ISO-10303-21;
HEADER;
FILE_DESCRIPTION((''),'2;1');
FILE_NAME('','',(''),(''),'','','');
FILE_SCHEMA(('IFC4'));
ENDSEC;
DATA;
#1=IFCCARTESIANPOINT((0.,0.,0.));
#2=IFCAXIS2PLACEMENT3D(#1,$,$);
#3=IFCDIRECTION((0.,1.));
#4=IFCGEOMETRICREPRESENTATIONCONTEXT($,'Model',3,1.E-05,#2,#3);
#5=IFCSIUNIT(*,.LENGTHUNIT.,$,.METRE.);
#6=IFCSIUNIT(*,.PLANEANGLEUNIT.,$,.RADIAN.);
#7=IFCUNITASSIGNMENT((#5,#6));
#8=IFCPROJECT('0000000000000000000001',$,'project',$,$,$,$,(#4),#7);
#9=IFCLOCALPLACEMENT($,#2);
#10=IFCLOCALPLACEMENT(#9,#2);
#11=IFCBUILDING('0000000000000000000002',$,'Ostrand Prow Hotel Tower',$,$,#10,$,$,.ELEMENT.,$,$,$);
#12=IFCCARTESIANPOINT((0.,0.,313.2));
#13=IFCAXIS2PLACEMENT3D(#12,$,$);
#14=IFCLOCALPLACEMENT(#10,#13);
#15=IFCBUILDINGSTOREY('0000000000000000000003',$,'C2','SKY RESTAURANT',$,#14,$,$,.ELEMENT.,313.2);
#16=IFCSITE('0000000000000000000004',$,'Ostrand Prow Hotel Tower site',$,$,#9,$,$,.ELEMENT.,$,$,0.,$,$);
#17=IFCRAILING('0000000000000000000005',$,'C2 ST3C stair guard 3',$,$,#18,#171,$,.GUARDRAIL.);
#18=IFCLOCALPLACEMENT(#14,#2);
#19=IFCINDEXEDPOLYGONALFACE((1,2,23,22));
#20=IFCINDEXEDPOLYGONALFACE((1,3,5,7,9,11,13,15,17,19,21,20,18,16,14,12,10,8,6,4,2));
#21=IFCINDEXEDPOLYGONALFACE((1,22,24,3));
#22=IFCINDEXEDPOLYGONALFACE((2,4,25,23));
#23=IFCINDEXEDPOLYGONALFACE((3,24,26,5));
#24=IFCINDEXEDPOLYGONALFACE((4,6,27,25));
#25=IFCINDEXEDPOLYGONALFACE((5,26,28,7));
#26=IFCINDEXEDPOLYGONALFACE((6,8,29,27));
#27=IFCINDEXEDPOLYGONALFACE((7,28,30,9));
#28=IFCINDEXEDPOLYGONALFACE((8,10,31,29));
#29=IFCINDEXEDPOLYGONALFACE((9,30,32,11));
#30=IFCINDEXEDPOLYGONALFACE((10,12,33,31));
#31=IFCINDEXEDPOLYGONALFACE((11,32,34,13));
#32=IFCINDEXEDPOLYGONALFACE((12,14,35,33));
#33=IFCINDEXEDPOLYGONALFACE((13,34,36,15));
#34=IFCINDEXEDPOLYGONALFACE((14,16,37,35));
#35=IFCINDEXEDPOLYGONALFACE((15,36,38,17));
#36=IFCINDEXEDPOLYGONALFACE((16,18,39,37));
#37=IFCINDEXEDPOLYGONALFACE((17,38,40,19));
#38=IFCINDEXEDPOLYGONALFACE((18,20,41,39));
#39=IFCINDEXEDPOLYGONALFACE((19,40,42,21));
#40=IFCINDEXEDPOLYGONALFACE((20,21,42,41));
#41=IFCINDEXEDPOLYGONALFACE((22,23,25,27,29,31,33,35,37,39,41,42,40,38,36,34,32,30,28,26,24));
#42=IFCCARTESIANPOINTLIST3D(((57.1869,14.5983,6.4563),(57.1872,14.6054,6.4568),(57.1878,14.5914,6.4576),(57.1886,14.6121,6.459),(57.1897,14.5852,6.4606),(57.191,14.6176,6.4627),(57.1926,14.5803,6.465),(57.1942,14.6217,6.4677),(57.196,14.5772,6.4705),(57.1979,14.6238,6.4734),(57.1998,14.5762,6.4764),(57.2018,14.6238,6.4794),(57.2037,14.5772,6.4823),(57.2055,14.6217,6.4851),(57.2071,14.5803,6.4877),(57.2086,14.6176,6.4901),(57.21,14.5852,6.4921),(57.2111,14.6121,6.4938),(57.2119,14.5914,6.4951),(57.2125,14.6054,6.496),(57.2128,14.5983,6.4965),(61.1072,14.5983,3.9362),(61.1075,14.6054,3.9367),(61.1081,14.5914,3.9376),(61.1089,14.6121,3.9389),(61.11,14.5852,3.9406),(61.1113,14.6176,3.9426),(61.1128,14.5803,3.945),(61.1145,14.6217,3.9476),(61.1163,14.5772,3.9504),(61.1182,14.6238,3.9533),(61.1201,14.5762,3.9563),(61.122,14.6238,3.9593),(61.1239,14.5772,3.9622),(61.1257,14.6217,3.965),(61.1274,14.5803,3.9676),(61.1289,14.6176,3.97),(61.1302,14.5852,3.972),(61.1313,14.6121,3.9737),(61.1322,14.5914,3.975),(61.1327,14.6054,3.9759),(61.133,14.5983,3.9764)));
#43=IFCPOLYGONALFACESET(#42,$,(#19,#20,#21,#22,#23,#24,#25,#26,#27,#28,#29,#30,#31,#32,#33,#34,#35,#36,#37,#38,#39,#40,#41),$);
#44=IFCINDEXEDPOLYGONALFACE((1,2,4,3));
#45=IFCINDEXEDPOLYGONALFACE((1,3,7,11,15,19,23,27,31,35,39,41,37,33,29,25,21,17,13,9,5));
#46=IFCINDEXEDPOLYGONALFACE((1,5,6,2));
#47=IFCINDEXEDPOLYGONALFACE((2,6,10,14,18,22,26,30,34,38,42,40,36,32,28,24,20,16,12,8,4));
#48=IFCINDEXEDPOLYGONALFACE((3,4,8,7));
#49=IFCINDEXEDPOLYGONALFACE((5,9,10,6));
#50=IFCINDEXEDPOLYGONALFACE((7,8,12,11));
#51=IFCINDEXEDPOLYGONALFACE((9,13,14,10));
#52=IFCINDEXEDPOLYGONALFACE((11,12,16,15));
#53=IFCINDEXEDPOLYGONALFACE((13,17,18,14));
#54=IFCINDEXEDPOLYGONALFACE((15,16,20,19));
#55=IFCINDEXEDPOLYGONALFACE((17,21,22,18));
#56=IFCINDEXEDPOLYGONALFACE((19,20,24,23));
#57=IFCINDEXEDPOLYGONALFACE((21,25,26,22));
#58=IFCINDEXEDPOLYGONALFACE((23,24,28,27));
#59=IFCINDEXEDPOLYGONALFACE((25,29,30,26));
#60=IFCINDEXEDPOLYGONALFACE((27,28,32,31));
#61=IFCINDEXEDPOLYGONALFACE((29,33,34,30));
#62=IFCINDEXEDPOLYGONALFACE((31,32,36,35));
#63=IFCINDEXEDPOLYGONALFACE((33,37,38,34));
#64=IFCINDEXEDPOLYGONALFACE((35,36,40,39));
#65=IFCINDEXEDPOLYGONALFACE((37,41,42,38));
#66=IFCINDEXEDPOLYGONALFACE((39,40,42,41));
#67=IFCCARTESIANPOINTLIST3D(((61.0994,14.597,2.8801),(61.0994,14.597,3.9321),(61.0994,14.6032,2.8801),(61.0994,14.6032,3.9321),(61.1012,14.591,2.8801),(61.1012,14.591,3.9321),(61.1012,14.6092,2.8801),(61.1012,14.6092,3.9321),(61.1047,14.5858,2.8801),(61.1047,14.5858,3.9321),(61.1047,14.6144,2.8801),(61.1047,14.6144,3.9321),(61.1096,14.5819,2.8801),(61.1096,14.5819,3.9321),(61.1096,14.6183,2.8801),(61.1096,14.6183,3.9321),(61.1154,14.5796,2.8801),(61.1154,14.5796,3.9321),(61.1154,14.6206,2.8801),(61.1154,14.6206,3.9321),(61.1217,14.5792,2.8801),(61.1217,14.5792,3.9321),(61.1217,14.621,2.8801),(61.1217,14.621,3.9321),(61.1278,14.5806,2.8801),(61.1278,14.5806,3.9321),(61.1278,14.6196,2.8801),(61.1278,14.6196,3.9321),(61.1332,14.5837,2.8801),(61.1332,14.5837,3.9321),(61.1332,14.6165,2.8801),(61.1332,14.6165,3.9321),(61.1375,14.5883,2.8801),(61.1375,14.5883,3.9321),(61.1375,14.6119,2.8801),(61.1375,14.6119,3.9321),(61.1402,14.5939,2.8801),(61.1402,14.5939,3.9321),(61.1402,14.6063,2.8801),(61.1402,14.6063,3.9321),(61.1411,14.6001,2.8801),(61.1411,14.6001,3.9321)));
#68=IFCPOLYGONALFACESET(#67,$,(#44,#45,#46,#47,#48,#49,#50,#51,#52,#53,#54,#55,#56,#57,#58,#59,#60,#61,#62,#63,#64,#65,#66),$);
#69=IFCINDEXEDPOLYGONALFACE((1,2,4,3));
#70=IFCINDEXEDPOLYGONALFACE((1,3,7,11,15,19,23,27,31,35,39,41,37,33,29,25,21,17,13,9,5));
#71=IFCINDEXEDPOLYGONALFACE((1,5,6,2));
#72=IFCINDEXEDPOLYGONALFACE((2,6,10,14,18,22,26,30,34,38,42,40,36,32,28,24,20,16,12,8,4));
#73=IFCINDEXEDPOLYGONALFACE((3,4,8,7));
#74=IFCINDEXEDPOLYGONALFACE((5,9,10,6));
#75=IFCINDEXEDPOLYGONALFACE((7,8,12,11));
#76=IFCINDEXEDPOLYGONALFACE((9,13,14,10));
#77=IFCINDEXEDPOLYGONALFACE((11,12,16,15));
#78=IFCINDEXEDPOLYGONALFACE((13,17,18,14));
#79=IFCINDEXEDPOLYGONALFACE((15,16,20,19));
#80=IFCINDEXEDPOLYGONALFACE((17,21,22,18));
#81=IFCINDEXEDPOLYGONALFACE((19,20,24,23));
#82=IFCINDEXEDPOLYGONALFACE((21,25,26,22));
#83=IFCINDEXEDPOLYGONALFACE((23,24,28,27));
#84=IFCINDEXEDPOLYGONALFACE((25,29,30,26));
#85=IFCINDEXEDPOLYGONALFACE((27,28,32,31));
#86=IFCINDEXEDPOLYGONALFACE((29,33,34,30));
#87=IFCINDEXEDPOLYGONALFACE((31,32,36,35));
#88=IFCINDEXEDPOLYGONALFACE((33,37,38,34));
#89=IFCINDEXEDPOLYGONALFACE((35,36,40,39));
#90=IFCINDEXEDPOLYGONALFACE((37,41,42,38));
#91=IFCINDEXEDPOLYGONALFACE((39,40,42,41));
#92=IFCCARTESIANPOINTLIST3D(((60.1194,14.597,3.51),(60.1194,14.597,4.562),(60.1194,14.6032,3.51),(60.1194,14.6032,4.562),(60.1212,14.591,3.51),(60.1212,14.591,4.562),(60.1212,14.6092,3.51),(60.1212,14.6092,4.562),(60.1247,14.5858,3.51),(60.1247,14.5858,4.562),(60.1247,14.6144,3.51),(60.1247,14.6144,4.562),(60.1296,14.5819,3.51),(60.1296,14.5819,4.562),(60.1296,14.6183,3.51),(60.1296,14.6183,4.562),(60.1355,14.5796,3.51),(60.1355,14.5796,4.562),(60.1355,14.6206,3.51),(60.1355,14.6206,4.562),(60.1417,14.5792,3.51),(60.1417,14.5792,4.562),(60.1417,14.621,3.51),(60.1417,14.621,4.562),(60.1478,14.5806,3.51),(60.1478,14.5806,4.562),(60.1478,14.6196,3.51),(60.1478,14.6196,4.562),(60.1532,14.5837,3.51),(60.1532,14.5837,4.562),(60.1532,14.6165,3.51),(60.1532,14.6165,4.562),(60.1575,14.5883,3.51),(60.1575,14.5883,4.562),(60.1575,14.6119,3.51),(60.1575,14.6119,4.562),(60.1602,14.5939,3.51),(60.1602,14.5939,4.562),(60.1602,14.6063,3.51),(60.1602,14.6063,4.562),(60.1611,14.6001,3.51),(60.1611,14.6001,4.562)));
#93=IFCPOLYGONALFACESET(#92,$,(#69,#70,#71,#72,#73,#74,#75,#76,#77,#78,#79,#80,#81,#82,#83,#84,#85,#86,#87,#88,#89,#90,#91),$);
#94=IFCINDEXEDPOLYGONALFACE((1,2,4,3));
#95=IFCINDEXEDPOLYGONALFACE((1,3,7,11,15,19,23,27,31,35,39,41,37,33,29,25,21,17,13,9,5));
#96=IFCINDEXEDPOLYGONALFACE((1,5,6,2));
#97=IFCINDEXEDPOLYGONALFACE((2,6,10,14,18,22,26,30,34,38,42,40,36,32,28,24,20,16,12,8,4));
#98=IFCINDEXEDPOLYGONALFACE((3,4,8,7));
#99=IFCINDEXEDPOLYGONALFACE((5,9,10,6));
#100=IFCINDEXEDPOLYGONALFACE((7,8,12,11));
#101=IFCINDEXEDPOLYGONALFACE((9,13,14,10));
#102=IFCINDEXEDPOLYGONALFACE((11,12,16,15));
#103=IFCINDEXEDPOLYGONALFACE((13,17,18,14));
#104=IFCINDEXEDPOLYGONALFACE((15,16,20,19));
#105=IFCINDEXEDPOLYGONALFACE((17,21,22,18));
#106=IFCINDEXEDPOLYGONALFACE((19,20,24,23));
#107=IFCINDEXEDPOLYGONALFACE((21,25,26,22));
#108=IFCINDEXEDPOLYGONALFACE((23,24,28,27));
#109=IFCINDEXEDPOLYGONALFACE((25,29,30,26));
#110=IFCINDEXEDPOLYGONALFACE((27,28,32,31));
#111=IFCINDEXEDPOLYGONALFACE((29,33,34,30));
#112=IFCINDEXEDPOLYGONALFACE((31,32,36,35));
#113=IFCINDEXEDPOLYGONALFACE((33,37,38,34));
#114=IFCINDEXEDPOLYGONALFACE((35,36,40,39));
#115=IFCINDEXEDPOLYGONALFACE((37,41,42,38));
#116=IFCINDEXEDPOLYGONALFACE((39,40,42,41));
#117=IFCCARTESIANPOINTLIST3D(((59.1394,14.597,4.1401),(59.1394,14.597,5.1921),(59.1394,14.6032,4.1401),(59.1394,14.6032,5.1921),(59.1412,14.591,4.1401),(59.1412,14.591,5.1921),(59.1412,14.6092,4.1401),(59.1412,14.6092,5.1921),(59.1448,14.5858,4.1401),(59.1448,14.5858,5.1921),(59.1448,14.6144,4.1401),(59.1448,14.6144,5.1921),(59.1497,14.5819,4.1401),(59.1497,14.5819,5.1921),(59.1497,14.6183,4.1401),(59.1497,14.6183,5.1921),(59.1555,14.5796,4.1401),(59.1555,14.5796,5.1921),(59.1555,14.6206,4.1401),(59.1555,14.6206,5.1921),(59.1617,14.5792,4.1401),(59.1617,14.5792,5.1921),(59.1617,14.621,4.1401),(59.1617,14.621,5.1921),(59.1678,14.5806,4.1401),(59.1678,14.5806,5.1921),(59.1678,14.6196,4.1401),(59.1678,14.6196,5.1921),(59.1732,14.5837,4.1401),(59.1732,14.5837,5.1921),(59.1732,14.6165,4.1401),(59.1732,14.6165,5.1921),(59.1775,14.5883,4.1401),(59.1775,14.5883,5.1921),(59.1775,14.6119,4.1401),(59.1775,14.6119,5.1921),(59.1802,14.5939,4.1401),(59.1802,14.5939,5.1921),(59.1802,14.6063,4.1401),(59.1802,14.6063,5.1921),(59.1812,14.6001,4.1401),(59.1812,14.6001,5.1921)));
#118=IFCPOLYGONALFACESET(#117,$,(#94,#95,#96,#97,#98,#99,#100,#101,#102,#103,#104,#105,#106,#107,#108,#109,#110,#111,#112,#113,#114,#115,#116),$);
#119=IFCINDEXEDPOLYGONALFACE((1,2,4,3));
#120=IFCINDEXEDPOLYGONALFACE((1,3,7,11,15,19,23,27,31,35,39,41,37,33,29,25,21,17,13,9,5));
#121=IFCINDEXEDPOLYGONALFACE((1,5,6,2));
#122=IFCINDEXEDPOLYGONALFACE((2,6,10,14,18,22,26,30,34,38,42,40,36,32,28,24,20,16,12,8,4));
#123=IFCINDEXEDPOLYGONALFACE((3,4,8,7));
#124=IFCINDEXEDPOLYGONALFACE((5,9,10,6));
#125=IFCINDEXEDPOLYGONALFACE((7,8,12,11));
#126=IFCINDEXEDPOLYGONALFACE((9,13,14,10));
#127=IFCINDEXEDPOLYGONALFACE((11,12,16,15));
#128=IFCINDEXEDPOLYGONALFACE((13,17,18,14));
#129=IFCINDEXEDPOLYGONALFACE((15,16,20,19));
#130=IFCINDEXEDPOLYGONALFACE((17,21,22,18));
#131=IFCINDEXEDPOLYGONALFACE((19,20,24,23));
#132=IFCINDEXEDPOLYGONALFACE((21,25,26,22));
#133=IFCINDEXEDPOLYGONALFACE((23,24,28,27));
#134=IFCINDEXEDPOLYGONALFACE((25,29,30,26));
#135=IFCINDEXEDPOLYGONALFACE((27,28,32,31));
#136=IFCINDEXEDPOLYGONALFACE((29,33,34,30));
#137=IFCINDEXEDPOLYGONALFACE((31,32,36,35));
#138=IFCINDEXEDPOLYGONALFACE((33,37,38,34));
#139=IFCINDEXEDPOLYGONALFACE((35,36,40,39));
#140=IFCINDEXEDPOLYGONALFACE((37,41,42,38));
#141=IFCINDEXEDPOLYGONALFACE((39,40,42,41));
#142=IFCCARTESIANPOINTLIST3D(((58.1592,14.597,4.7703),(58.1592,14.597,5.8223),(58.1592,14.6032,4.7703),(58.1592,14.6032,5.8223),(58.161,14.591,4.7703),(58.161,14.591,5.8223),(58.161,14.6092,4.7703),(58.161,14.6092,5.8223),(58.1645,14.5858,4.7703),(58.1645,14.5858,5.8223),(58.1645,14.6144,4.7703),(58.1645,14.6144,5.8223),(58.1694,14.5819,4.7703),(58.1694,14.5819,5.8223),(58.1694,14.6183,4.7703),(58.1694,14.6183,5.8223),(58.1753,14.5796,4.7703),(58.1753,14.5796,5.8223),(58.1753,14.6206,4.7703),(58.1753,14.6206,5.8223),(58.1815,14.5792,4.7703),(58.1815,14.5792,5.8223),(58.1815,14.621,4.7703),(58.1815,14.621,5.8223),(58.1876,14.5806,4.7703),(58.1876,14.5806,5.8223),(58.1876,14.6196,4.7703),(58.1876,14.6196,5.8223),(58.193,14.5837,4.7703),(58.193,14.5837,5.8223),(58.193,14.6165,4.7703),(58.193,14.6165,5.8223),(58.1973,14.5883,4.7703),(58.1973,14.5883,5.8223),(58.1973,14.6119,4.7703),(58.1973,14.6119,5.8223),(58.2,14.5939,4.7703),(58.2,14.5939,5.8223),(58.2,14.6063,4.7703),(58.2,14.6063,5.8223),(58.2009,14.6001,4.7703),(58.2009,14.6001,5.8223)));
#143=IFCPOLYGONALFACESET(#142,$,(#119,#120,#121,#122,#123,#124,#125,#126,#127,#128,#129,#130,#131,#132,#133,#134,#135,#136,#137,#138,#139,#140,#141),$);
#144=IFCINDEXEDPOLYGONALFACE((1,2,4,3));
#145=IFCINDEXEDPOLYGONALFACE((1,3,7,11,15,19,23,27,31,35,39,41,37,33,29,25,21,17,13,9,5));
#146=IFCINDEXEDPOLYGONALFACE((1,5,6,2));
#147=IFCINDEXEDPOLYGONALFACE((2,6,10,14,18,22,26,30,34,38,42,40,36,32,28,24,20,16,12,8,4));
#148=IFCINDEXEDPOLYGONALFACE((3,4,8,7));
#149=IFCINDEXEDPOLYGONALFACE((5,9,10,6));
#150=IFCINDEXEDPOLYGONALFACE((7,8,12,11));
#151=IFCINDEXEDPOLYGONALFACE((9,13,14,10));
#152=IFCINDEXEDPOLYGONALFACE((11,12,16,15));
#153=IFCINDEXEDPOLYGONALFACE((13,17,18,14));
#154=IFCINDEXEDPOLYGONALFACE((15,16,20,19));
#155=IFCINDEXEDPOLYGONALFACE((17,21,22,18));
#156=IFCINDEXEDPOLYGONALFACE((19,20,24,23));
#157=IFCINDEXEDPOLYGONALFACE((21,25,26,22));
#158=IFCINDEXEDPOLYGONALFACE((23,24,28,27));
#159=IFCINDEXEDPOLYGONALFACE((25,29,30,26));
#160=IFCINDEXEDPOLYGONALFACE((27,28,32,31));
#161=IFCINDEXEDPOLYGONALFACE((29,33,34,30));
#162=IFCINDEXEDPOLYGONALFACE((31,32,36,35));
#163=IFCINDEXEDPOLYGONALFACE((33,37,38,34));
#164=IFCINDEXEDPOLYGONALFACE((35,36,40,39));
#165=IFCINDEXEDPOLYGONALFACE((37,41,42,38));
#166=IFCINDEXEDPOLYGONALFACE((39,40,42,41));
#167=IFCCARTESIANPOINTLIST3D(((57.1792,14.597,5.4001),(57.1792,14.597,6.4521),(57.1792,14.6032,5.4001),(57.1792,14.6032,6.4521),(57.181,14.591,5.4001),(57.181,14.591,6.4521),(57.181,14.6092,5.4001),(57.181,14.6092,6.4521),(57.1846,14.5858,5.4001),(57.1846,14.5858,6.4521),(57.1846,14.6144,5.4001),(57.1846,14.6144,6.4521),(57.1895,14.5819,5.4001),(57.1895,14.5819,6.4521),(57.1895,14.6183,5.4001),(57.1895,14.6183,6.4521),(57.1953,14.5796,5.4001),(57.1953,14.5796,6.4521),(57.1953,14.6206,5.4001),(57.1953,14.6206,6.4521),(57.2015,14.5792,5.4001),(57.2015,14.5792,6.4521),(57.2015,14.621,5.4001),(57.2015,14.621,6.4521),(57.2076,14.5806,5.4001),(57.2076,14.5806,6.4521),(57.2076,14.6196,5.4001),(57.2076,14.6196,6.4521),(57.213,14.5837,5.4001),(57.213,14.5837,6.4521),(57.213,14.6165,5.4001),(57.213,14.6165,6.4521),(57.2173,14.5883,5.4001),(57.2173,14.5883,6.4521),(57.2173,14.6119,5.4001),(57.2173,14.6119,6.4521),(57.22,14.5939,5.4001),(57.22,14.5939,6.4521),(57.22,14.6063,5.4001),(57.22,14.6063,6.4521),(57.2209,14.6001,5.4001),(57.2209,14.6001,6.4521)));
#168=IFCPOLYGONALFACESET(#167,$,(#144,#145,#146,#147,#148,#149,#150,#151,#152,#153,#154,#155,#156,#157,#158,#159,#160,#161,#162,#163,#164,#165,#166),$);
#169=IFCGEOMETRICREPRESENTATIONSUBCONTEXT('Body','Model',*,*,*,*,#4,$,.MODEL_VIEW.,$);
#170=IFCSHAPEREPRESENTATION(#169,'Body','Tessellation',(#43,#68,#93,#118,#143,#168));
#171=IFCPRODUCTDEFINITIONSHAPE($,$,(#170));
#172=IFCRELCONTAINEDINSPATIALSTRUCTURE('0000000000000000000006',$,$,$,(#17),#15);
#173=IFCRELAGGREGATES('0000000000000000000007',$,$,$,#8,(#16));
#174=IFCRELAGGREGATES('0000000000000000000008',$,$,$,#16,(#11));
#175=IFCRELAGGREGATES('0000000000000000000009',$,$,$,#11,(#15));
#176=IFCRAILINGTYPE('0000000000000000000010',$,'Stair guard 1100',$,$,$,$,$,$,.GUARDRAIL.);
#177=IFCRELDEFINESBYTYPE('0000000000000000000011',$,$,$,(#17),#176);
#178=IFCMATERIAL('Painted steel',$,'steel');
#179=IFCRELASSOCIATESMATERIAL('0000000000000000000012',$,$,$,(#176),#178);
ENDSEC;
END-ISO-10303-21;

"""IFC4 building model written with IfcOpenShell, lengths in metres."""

from ifc_helpers import new_model, si_unit, direction, frame, origin, origin_2d, place, context, subcontext, project, spatial, circle, extrude, material, type_object, element, save


model = new_model("IFC4")

# Units and contexts
model_context = context("Model", 3, precision=1e-05, world=origin(), true_north=direction((0.0, 1.0)))
body_context = subcontext(model_context, "Body", "Model", "MODEL_VIEW")
ifc_project = project(units=[si_unit("LENGTHUNIT", "METRE"), si_unit("PLANEANGLEUNIT", "RADIAN")], contexts=[model_context])

# Site, building, storey
site_placement = place(None, origin())
site = spatial("IfcSite", under=ifc_project, at=site_placement, Name="Ostrand Prow Hotel Tower site", CompositionType="ELEMENT", RefElevation=0.0)
building_placement = place(site_placement, origin())
building = spatial("IfcBuilding", under=site, at=building_placement, Name="Ostrand Prow Hotel Tower", CompositionType="ELEMENT")
storey_placement = place(building_placement, frame((0.0, 0.0, 313.2)))
storey = spatial("IfcBuildingStorey", under=building, at=storey_placement, Name="C2", Description="SKY RESTAURANT", CompositionType="ELEMENT", Elevation=313.2)

# Railing
ifc_material_1 = material(Name="Painted steel", Category="steel")
railing_type_1 = type_object("IfcRailingType", Name="Stair guard 1100", PredefinedType="GUARDRAIL", material=ifc_material_1)
railing_1_placement = place(storey_placement, frame((61.1201, 14.6001, 2.8801)))
element("IfcRailing", 1, at=railing_1_placement, inside=storey, type_object=railing_type_1, Name="C2 ST3C stair guard 3", PredefinedType="GUARDRAIL", context=body_context, shape_type="SweptSolid", body=[
    extrude(circle(Radius=0.0239, at=origin_2d()), frame((0.0, 0.0, 1.0762), z_axis=(-0.841187, 0.0, 0.540744), x_axis=(0.0, -1.0, 0.0)), (0.0, 0.0, 1.0), 4.6604),
    extrude(circle(Radius=0.021, at=origin_2d()), origin(), (0.0, 0.0, 1.0), 1.052),
    extrude(circle(Radius=0.021, at=origin_2d()), frame((-0.98, 0.0, 0.6299)), (0.0, 0.0, 1.0), 1.052),
    extrude(circle(Radius=0.021, at=origin_2d()), frame((-1.96, 0.0, 1.26)), (0.0, 0.0, 1.0), 1.052),
    extrude(circle(Radius=0.021, at=origin_2d()), frame((-2.9402, 0.0, 1.8901)), (0.0, 0.0, 1.0), 1.052),
    extrude(circle(Radius=0.021, at=origin_2d()), frame((-3.9202, 0.0, 2.52)), (0.0, 0.0, 1.0), 1.052),
])

save(model, "model.ifc")
